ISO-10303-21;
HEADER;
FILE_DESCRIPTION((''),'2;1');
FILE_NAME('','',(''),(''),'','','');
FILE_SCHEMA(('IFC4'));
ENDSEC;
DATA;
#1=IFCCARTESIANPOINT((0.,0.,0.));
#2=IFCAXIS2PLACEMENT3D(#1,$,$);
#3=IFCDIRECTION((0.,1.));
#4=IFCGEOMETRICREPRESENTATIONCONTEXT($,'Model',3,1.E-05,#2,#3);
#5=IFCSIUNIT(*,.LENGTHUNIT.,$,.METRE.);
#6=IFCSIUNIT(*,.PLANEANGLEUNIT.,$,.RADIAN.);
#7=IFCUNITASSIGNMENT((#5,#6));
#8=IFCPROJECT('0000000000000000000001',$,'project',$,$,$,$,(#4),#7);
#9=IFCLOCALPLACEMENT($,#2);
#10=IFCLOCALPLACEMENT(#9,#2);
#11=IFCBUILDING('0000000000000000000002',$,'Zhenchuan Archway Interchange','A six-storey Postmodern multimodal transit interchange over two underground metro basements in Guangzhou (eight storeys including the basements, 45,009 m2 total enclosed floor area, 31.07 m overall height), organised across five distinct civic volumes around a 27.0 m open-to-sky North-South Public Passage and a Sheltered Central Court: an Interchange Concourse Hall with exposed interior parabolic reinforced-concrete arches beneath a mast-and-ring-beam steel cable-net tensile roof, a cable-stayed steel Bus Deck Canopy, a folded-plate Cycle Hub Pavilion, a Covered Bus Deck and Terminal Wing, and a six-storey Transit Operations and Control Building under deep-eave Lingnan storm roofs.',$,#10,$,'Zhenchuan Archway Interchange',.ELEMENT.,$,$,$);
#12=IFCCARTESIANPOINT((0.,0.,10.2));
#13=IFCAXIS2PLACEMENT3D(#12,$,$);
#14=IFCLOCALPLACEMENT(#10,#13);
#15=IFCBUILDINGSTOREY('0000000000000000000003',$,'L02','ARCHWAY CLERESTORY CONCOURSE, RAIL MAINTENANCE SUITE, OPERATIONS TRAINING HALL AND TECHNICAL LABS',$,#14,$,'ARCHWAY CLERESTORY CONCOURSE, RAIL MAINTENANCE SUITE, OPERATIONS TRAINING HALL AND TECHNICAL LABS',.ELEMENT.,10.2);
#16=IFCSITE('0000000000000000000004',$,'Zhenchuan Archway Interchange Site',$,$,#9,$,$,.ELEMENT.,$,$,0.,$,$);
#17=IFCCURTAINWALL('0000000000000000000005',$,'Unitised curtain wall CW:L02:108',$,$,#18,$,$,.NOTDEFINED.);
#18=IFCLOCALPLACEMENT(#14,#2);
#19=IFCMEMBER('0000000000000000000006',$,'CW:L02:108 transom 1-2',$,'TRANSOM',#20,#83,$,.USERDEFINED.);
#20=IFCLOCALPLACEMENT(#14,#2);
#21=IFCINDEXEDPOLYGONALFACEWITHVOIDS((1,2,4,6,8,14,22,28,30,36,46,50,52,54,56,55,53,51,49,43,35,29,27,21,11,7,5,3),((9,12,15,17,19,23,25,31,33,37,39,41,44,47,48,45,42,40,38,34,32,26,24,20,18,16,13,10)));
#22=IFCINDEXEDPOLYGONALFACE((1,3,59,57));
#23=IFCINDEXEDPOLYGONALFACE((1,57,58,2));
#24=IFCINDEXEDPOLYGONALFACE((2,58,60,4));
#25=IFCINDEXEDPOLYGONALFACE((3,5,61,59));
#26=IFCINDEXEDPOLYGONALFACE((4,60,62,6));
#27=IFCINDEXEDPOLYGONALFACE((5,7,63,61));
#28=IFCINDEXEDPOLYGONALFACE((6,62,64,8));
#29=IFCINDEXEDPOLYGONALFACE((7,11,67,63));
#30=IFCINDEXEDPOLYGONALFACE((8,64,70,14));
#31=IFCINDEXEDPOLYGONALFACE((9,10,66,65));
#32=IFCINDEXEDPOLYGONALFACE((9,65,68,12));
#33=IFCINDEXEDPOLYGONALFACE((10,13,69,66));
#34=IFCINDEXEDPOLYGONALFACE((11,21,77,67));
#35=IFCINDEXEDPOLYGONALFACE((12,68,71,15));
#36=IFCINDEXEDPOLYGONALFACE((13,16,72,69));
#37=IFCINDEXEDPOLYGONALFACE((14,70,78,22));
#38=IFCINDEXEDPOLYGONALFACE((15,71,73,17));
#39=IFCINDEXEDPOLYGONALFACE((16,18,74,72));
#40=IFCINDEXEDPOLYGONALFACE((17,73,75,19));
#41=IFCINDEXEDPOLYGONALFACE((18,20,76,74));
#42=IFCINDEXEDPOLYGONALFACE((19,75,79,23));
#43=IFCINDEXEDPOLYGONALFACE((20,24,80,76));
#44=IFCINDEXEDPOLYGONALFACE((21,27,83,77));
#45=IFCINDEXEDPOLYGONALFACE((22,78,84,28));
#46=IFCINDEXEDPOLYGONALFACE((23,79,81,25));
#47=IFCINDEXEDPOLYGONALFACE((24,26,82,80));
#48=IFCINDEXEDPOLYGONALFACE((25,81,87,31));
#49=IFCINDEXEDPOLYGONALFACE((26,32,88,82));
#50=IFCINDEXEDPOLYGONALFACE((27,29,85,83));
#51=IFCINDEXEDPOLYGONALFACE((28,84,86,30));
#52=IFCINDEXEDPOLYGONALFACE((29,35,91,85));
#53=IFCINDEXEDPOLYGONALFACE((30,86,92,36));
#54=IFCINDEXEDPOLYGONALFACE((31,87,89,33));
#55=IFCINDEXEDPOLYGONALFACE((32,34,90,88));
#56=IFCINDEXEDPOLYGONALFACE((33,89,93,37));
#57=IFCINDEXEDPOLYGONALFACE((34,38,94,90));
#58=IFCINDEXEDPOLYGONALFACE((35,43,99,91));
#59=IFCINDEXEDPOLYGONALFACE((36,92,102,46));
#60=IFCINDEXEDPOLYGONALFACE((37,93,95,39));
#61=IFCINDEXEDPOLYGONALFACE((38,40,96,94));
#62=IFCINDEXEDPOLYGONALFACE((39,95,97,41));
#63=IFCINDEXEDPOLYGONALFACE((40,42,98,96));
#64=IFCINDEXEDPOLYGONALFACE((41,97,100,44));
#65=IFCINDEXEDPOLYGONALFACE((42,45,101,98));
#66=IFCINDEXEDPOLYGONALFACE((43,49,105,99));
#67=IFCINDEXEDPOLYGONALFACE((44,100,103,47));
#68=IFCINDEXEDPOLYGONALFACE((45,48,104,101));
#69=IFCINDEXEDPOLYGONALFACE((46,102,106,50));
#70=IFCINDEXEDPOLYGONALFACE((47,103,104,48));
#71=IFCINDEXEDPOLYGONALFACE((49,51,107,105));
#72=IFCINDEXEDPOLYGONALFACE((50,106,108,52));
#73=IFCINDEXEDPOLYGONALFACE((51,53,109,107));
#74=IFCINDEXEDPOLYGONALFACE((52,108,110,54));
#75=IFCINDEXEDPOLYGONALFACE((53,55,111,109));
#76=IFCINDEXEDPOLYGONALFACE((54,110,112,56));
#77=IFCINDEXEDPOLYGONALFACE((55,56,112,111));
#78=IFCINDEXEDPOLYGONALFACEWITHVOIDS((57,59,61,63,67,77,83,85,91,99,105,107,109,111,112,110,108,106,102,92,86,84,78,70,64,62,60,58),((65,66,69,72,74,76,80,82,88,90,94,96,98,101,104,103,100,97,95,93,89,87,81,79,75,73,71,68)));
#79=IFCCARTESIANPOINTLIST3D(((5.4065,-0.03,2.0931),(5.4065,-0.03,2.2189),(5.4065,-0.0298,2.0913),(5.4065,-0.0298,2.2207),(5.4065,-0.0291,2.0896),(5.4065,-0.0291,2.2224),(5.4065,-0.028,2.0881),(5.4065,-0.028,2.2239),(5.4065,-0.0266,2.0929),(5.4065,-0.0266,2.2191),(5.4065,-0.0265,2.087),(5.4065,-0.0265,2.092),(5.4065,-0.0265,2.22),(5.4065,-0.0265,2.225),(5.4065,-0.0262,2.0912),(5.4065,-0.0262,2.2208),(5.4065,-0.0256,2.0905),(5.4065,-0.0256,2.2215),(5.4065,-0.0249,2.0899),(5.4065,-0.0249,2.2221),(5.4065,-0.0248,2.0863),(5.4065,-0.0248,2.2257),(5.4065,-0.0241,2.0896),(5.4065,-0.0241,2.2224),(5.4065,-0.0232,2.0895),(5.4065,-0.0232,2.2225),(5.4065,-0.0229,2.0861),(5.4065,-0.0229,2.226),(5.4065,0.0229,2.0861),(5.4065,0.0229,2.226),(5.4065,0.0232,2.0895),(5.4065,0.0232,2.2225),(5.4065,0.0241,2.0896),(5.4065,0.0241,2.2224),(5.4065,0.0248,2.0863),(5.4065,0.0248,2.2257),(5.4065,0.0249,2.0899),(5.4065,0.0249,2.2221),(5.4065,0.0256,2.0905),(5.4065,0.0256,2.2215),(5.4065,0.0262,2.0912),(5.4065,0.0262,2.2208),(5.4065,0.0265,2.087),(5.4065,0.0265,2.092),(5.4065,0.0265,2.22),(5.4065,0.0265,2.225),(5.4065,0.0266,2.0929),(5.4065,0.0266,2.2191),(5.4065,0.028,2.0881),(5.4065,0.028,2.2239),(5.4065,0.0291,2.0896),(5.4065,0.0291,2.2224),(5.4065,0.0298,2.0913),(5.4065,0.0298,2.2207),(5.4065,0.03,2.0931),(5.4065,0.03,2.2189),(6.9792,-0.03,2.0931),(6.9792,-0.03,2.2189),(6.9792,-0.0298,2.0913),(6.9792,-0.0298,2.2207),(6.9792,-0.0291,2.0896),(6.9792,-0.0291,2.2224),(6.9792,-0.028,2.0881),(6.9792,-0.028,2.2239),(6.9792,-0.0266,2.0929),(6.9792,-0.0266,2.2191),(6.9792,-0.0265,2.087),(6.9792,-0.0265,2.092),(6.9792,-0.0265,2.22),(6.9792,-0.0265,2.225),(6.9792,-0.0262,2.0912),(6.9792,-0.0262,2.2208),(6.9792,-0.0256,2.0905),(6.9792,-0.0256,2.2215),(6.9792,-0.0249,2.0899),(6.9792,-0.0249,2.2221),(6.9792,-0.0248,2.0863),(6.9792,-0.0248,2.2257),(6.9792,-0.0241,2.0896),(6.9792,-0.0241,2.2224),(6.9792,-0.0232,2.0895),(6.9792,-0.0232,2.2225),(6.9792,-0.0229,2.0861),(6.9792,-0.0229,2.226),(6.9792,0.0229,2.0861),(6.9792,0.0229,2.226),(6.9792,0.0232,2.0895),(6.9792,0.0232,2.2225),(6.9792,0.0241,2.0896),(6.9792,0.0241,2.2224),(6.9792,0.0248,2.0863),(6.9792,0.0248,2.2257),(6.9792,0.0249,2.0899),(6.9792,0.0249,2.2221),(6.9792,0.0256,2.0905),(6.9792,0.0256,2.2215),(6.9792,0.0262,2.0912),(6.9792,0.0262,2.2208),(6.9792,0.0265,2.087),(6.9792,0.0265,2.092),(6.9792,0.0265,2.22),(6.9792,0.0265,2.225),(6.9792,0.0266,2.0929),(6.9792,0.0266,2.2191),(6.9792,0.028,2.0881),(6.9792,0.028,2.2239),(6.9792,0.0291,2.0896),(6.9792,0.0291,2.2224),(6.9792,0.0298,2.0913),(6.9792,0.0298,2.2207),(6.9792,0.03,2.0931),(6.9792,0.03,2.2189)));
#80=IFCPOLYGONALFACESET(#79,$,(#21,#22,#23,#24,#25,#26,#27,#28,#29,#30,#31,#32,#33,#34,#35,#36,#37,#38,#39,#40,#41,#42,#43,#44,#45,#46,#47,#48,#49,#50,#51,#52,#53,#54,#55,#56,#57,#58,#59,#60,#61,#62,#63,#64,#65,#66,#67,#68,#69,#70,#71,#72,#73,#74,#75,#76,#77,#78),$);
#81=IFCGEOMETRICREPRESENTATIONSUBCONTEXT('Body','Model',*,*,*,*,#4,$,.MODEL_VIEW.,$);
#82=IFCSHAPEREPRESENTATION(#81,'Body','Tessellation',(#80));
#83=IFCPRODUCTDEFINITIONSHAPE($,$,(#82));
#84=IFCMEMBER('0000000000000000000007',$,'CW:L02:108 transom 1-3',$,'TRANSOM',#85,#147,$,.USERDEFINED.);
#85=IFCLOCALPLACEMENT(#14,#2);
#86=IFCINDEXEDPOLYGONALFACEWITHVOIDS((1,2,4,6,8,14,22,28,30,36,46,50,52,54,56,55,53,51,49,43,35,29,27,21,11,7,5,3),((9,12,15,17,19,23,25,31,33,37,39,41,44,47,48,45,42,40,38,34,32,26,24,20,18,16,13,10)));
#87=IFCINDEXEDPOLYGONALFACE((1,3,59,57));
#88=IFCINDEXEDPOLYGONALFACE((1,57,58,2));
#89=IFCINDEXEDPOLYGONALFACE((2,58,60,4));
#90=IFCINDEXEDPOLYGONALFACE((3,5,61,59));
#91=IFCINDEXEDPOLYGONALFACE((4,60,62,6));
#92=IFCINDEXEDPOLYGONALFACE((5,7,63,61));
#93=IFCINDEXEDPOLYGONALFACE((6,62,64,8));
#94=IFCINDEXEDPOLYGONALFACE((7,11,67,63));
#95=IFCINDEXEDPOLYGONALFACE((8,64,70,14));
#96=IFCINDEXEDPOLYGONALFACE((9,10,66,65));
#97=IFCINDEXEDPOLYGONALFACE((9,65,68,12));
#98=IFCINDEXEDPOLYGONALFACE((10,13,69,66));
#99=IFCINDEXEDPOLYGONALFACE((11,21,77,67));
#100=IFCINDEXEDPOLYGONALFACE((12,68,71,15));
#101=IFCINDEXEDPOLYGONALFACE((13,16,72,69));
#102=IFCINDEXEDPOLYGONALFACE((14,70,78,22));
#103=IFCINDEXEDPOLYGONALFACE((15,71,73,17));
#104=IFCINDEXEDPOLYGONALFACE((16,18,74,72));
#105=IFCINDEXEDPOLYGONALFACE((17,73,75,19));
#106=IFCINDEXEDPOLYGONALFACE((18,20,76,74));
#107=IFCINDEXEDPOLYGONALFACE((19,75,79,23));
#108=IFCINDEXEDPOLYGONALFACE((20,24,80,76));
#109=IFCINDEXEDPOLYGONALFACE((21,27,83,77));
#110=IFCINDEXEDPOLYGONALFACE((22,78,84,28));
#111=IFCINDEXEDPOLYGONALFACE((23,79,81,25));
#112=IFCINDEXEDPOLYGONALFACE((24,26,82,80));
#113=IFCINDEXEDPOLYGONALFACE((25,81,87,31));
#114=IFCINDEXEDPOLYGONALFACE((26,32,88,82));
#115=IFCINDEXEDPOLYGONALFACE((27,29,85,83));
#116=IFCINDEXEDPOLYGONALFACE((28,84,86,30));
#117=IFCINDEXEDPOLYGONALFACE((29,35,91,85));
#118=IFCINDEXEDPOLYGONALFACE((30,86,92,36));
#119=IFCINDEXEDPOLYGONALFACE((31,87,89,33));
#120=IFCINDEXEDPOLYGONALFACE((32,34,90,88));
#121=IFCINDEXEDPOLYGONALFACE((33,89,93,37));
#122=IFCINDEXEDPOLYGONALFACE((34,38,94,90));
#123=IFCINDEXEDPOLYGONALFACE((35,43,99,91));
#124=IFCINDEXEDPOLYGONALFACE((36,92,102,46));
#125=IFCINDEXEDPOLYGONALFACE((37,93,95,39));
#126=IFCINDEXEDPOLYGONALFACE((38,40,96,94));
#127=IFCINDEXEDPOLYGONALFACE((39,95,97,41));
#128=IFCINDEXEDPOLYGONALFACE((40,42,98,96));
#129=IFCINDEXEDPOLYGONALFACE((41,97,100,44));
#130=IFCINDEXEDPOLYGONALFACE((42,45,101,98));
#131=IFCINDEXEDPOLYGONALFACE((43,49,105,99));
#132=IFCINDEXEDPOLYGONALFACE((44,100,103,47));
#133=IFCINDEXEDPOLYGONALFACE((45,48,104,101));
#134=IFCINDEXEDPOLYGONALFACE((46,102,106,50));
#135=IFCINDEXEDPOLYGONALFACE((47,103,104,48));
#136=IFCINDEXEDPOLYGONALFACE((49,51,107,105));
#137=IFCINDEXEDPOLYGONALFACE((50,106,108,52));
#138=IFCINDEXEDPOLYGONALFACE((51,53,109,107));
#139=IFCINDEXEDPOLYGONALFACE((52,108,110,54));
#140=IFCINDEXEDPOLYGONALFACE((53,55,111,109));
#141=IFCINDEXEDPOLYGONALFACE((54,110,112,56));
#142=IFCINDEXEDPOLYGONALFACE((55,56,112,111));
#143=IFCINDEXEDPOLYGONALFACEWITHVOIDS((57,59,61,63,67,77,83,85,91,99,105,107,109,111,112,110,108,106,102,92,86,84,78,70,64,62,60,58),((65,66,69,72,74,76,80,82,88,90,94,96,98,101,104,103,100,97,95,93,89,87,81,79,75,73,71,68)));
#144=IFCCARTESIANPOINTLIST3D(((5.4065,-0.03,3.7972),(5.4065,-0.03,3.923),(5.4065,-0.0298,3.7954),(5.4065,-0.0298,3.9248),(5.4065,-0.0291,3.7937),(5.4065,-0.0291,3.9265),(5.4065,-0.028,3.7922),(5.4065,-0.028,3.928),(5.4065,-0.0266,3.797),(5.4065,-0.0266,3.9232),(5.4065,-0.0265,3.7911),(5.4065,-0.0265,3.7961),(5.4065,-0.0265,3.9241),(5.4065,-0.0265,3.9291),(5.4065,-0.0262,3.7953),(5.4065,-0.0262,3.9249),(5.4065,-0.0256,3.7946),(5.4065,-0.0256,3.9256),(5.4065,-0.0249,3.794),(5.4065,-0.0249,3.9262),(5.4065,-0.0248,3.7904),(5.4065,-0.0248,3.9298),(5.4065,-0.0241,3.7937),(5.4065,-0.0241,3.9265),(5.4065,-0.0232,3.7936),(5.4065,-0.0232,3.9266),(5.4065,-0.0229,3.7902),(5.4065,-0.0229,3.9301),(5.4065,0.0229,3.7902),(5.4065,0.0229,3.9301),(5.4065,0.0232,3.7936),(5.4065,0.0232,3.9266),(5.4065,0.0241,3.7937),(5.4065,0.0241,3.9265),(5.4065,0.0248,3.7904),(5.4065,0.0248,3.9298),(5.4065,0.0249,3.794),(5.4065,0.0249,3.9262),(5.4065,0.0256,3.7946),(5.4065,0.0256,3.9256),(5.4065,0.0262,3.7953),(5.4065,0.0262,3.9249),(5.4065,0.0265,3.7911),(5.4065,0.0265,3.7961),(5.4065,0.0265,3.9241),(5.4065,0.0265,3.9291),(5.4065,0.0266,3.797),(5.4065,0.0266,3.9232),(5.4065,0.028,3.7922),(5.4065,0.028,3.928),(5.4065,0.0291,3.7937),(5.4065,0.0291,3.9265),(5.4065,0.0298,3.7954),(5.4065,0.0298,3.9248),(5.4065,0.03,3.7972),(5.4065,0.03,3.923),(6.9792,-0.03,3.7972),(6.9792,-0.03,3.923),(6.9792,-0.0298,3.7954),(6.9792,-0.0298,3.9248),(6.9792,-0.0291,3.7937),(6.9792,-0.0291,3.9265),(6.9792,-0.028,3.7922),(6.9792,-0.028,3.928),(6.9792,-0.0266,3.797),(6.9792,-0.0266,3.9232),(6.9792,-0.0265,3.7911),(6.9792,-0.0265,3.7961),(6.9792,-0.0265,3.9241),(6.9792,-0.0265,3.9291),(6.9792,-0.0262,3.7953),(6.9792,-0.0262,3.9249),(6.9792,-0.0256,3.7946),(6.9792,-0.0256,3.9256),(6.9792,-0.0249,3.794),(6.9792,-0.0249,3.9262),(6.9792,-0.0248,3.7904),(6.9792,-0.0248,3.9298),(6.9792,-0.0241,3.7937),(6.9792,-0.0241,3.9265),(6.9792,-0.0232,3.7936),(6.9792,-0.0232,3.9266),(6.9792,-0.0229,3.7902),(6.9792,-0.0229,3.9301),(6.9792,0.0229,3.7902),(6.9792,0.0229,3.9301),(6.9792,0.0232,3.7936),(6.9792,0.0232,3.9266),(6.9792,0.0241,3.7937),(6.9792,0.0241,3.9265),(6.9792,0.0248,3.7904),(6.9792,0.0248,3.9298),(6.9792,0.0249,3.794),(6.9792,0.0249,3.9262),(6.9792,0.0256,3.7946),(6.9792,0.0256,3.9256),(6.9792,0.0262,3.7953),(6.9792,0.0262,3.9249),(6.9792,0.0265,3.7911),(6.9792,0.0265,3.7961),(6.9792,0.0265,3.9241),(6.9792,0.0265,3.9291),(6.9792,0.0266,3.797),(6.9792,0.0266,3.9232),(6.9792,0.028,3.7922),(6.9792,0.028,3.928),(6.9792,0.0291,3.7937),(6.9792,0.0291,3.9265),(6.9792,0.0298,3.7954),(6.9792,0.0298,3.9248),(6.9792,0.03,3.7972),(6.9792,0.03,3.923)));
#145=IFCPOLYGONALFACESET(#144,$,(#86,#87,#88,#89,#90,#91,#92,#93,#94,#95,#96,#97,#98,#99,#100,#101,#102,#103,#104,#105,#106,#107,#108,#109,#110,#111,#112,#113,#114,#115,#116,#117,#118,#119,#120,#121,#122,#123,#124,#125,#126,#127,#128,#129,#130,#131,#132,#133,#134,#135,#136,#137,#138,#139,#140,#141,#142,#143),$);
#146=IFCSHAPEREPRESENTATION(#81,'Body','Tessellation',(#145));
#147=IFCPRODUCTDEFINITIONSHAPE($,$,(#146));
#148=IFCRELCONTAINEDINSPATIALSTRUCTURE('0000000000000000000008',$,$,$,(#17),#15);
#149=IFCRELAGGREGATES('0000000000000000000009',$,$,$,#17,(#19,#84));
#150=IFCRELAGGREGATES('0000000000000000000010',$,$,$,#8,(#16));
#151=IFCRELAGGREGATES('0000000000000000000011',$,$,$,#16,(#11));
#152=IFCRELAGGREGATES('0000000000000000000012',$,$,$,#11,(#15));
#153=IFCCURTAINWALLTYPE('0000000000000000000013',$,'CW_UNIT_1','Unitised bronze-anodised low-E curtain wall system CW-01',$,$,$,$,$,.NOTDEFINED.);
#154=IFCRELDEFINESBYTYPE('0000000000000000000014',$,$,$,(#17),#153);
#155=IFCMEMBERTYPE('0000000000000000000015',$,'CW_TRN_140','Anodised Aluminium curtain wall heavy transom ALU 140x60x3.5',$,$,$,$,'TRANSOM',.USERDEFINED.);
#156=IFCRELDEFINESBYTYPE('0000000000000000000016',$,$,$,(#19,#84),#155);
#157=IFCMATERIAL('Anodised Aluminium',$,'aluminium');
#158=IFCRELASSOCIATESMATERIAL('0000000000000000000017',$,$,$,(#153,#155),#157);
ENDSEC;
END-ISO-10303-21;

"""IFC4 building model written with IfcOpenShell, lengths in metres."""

from ifc_helpers import new_model, si_unit, direction, frame, origin, origin_2d, place, context, subcontext, project, spatial, hollow_rectangle, extrude, material, material_profile, profile_set, type_object, element, aggregate, save


model = new_model("IFC4")

# Units and contexts
model_context = context("Model", 3, precision=1e-05, world=origin(), true_north=direction((0.0, 1.0)))
body_context = subcontext(model_context, "Body", "Model", "MODEL_VIEW")
ifc_project = project(units=[si_unit("LENGTHUNIT", "METRE"), si_unit("PLANEANGLEUNIT", "RADIAN")], contexts=[model_context])

# Site, building, storey
site_placement = place(None, origin())
site = spatial("IfcSite", under=ifc_project, at=site_placement, Name="Zhenchuan Archway Interchange Site", CompositionType="ELEMENT", RefElevation=0.0)
building_placement = place(site_placement, origin())
building = spatial("IfcBuilding", under=site, at=building_placement, Name="Zhenchuan Archway Interchange", Description="A six-storey Postmodern multimodal transit interchange over two underground metro basements in Guangzhou (eight storeys including the basements, 45,009 m2 total enclosed floor area, 31.07 m overall height), organised across five distinct civic volumes around a 27.0 m open-to-sky North-South Public Passage and a Sheltered Central Court: an Interchange Concourse Hall with exposed interior parabolic reinforced-concrete arches beneath a mast-and-ring-beam steel cable-net tensile roof, a cable-stayed steel Bus Deck Canopy, a folded-plate Cycle Hub Pavilion, a Covered Bus Deck and Terminal Wing, and a six-storey Transit Operations and Control Building under deep-eave Lingnan storm roofs.", LongName="Zhenchuan Archway Interchange", CompositionType="ELEMENT")
storey_placement = place(building_placement, frame((0.0, 0.0, 10.2)))
storey = spatial("IfcBuildingStorey", under=building, at=storey_placement, Name="L02", Description="ARCHWAY CLERESTORY CONCOURSE, RAIL MAINTENANCE SUITE, OPERATIONS TRAINING HALL AND TECHNICAL LABS", LongName="ARCHWAY CLERESTORY CONCOURSE, RAIL MAINTENANCE SUITE, OPERATIONS TRAINING HALL AND TECHNICAL LABS", CompositionType="ELEMENT", Elevation=10.2)

# Curtain wall, members
ifc_material_1 = material(Name="Anodised Aluminium", Category="aluminium")
curtain_wall_type = type_object("IfcCurtainWallType", Name="CW_UNIT_1", Description="Unitised bronze-anodised low-E curtain wall system CW-01", PredefinedType="NOTDEFINED", material=ifc_material_1)
curtain_wall_placement = place(storey_placement, origin())
curtain_wall = element("IfcCurtainWall", 1, at=curtain_wall_placement, inside=storey, type_object=curtain_wall_type, Name="Unitised curtain wall CW:L02:108", PredefinedType="NOTDEFINED")
ifc_material_profile_1 = material_profile(ifc_material_1, hollow_rectangle(XDim=0.0601, YDim=0.1399, WallThickness=0.0034, InnerFilletRadius=0.0034, OuterFilletRadius=0.0071, at=origin_2d()), Name="ALU 140x60x3.5")
ifc_profile_set_1 = profile_set([ifc_material_profile_1], Name="Anodised Aluminium")
member_type_1 = type_object("IfcMemberType", Name="CW_TRN_140", Description="Anodised Aluminium curtain wall heavy transom ALU 140x60x3.5", ElementType="TRANSOM", PredefinedType="USERDEFINED", material=ifc_profile_set_1)
member_1_placement = place(storey_placement, frame((6.9792, 0.0, 2.156), z_axis=(-1.0, 0.0, 0.0), x_axis=(0.0, -1.0, 0.0)))
member_1 = element("IfcMember", 2, at=member_1_placement, type_object=member_type_1, Name="CW:L02:108 transom 1-2", ObjectType="TRANSOM", PredefinedType="USERDEFINED", context=body_context, shape_type="SweptSolid", body=[
    extrude(hollow_rectangle(XDim=0.0601, YDim=0.1399, WallThickness=0.0034, InnerFilletRadius=0.0034, OuterFilletRadius=0.0071, at=origin_2d()), origin(), (0.0, 0.0, 1.0), 1.5728),
])
member_2_placement = place(storey_placement, frame((6.9792, 0.0, 3.8601), z_axis=(-1.0, 0.0, 0.0), x_axis=(0.0, -1.0, 0.0)))
member_2 = element("IfcMember", 3, at=member_2_placement, type_object=member_type_1, Name="CW:L02:108 transom 1-3", ObjectType="TRANSOM", PredefinedType="USERDEFINED", context=body_context, shape_type="SweptSolid", body=[
    extrude(hollow_rectangle(XDim=0.0601, YDim=0.1399, WallThickness=0.0034, InnerFilletRadius=0.0034, OuterFilletRadius=0.0071, at=origin_2d()), origin(), (0.0, 0.0, 1.0), 1.5728),
])

aggregate(curtain_wall, [member_1, member_2])

save(model, "model.ifc")
